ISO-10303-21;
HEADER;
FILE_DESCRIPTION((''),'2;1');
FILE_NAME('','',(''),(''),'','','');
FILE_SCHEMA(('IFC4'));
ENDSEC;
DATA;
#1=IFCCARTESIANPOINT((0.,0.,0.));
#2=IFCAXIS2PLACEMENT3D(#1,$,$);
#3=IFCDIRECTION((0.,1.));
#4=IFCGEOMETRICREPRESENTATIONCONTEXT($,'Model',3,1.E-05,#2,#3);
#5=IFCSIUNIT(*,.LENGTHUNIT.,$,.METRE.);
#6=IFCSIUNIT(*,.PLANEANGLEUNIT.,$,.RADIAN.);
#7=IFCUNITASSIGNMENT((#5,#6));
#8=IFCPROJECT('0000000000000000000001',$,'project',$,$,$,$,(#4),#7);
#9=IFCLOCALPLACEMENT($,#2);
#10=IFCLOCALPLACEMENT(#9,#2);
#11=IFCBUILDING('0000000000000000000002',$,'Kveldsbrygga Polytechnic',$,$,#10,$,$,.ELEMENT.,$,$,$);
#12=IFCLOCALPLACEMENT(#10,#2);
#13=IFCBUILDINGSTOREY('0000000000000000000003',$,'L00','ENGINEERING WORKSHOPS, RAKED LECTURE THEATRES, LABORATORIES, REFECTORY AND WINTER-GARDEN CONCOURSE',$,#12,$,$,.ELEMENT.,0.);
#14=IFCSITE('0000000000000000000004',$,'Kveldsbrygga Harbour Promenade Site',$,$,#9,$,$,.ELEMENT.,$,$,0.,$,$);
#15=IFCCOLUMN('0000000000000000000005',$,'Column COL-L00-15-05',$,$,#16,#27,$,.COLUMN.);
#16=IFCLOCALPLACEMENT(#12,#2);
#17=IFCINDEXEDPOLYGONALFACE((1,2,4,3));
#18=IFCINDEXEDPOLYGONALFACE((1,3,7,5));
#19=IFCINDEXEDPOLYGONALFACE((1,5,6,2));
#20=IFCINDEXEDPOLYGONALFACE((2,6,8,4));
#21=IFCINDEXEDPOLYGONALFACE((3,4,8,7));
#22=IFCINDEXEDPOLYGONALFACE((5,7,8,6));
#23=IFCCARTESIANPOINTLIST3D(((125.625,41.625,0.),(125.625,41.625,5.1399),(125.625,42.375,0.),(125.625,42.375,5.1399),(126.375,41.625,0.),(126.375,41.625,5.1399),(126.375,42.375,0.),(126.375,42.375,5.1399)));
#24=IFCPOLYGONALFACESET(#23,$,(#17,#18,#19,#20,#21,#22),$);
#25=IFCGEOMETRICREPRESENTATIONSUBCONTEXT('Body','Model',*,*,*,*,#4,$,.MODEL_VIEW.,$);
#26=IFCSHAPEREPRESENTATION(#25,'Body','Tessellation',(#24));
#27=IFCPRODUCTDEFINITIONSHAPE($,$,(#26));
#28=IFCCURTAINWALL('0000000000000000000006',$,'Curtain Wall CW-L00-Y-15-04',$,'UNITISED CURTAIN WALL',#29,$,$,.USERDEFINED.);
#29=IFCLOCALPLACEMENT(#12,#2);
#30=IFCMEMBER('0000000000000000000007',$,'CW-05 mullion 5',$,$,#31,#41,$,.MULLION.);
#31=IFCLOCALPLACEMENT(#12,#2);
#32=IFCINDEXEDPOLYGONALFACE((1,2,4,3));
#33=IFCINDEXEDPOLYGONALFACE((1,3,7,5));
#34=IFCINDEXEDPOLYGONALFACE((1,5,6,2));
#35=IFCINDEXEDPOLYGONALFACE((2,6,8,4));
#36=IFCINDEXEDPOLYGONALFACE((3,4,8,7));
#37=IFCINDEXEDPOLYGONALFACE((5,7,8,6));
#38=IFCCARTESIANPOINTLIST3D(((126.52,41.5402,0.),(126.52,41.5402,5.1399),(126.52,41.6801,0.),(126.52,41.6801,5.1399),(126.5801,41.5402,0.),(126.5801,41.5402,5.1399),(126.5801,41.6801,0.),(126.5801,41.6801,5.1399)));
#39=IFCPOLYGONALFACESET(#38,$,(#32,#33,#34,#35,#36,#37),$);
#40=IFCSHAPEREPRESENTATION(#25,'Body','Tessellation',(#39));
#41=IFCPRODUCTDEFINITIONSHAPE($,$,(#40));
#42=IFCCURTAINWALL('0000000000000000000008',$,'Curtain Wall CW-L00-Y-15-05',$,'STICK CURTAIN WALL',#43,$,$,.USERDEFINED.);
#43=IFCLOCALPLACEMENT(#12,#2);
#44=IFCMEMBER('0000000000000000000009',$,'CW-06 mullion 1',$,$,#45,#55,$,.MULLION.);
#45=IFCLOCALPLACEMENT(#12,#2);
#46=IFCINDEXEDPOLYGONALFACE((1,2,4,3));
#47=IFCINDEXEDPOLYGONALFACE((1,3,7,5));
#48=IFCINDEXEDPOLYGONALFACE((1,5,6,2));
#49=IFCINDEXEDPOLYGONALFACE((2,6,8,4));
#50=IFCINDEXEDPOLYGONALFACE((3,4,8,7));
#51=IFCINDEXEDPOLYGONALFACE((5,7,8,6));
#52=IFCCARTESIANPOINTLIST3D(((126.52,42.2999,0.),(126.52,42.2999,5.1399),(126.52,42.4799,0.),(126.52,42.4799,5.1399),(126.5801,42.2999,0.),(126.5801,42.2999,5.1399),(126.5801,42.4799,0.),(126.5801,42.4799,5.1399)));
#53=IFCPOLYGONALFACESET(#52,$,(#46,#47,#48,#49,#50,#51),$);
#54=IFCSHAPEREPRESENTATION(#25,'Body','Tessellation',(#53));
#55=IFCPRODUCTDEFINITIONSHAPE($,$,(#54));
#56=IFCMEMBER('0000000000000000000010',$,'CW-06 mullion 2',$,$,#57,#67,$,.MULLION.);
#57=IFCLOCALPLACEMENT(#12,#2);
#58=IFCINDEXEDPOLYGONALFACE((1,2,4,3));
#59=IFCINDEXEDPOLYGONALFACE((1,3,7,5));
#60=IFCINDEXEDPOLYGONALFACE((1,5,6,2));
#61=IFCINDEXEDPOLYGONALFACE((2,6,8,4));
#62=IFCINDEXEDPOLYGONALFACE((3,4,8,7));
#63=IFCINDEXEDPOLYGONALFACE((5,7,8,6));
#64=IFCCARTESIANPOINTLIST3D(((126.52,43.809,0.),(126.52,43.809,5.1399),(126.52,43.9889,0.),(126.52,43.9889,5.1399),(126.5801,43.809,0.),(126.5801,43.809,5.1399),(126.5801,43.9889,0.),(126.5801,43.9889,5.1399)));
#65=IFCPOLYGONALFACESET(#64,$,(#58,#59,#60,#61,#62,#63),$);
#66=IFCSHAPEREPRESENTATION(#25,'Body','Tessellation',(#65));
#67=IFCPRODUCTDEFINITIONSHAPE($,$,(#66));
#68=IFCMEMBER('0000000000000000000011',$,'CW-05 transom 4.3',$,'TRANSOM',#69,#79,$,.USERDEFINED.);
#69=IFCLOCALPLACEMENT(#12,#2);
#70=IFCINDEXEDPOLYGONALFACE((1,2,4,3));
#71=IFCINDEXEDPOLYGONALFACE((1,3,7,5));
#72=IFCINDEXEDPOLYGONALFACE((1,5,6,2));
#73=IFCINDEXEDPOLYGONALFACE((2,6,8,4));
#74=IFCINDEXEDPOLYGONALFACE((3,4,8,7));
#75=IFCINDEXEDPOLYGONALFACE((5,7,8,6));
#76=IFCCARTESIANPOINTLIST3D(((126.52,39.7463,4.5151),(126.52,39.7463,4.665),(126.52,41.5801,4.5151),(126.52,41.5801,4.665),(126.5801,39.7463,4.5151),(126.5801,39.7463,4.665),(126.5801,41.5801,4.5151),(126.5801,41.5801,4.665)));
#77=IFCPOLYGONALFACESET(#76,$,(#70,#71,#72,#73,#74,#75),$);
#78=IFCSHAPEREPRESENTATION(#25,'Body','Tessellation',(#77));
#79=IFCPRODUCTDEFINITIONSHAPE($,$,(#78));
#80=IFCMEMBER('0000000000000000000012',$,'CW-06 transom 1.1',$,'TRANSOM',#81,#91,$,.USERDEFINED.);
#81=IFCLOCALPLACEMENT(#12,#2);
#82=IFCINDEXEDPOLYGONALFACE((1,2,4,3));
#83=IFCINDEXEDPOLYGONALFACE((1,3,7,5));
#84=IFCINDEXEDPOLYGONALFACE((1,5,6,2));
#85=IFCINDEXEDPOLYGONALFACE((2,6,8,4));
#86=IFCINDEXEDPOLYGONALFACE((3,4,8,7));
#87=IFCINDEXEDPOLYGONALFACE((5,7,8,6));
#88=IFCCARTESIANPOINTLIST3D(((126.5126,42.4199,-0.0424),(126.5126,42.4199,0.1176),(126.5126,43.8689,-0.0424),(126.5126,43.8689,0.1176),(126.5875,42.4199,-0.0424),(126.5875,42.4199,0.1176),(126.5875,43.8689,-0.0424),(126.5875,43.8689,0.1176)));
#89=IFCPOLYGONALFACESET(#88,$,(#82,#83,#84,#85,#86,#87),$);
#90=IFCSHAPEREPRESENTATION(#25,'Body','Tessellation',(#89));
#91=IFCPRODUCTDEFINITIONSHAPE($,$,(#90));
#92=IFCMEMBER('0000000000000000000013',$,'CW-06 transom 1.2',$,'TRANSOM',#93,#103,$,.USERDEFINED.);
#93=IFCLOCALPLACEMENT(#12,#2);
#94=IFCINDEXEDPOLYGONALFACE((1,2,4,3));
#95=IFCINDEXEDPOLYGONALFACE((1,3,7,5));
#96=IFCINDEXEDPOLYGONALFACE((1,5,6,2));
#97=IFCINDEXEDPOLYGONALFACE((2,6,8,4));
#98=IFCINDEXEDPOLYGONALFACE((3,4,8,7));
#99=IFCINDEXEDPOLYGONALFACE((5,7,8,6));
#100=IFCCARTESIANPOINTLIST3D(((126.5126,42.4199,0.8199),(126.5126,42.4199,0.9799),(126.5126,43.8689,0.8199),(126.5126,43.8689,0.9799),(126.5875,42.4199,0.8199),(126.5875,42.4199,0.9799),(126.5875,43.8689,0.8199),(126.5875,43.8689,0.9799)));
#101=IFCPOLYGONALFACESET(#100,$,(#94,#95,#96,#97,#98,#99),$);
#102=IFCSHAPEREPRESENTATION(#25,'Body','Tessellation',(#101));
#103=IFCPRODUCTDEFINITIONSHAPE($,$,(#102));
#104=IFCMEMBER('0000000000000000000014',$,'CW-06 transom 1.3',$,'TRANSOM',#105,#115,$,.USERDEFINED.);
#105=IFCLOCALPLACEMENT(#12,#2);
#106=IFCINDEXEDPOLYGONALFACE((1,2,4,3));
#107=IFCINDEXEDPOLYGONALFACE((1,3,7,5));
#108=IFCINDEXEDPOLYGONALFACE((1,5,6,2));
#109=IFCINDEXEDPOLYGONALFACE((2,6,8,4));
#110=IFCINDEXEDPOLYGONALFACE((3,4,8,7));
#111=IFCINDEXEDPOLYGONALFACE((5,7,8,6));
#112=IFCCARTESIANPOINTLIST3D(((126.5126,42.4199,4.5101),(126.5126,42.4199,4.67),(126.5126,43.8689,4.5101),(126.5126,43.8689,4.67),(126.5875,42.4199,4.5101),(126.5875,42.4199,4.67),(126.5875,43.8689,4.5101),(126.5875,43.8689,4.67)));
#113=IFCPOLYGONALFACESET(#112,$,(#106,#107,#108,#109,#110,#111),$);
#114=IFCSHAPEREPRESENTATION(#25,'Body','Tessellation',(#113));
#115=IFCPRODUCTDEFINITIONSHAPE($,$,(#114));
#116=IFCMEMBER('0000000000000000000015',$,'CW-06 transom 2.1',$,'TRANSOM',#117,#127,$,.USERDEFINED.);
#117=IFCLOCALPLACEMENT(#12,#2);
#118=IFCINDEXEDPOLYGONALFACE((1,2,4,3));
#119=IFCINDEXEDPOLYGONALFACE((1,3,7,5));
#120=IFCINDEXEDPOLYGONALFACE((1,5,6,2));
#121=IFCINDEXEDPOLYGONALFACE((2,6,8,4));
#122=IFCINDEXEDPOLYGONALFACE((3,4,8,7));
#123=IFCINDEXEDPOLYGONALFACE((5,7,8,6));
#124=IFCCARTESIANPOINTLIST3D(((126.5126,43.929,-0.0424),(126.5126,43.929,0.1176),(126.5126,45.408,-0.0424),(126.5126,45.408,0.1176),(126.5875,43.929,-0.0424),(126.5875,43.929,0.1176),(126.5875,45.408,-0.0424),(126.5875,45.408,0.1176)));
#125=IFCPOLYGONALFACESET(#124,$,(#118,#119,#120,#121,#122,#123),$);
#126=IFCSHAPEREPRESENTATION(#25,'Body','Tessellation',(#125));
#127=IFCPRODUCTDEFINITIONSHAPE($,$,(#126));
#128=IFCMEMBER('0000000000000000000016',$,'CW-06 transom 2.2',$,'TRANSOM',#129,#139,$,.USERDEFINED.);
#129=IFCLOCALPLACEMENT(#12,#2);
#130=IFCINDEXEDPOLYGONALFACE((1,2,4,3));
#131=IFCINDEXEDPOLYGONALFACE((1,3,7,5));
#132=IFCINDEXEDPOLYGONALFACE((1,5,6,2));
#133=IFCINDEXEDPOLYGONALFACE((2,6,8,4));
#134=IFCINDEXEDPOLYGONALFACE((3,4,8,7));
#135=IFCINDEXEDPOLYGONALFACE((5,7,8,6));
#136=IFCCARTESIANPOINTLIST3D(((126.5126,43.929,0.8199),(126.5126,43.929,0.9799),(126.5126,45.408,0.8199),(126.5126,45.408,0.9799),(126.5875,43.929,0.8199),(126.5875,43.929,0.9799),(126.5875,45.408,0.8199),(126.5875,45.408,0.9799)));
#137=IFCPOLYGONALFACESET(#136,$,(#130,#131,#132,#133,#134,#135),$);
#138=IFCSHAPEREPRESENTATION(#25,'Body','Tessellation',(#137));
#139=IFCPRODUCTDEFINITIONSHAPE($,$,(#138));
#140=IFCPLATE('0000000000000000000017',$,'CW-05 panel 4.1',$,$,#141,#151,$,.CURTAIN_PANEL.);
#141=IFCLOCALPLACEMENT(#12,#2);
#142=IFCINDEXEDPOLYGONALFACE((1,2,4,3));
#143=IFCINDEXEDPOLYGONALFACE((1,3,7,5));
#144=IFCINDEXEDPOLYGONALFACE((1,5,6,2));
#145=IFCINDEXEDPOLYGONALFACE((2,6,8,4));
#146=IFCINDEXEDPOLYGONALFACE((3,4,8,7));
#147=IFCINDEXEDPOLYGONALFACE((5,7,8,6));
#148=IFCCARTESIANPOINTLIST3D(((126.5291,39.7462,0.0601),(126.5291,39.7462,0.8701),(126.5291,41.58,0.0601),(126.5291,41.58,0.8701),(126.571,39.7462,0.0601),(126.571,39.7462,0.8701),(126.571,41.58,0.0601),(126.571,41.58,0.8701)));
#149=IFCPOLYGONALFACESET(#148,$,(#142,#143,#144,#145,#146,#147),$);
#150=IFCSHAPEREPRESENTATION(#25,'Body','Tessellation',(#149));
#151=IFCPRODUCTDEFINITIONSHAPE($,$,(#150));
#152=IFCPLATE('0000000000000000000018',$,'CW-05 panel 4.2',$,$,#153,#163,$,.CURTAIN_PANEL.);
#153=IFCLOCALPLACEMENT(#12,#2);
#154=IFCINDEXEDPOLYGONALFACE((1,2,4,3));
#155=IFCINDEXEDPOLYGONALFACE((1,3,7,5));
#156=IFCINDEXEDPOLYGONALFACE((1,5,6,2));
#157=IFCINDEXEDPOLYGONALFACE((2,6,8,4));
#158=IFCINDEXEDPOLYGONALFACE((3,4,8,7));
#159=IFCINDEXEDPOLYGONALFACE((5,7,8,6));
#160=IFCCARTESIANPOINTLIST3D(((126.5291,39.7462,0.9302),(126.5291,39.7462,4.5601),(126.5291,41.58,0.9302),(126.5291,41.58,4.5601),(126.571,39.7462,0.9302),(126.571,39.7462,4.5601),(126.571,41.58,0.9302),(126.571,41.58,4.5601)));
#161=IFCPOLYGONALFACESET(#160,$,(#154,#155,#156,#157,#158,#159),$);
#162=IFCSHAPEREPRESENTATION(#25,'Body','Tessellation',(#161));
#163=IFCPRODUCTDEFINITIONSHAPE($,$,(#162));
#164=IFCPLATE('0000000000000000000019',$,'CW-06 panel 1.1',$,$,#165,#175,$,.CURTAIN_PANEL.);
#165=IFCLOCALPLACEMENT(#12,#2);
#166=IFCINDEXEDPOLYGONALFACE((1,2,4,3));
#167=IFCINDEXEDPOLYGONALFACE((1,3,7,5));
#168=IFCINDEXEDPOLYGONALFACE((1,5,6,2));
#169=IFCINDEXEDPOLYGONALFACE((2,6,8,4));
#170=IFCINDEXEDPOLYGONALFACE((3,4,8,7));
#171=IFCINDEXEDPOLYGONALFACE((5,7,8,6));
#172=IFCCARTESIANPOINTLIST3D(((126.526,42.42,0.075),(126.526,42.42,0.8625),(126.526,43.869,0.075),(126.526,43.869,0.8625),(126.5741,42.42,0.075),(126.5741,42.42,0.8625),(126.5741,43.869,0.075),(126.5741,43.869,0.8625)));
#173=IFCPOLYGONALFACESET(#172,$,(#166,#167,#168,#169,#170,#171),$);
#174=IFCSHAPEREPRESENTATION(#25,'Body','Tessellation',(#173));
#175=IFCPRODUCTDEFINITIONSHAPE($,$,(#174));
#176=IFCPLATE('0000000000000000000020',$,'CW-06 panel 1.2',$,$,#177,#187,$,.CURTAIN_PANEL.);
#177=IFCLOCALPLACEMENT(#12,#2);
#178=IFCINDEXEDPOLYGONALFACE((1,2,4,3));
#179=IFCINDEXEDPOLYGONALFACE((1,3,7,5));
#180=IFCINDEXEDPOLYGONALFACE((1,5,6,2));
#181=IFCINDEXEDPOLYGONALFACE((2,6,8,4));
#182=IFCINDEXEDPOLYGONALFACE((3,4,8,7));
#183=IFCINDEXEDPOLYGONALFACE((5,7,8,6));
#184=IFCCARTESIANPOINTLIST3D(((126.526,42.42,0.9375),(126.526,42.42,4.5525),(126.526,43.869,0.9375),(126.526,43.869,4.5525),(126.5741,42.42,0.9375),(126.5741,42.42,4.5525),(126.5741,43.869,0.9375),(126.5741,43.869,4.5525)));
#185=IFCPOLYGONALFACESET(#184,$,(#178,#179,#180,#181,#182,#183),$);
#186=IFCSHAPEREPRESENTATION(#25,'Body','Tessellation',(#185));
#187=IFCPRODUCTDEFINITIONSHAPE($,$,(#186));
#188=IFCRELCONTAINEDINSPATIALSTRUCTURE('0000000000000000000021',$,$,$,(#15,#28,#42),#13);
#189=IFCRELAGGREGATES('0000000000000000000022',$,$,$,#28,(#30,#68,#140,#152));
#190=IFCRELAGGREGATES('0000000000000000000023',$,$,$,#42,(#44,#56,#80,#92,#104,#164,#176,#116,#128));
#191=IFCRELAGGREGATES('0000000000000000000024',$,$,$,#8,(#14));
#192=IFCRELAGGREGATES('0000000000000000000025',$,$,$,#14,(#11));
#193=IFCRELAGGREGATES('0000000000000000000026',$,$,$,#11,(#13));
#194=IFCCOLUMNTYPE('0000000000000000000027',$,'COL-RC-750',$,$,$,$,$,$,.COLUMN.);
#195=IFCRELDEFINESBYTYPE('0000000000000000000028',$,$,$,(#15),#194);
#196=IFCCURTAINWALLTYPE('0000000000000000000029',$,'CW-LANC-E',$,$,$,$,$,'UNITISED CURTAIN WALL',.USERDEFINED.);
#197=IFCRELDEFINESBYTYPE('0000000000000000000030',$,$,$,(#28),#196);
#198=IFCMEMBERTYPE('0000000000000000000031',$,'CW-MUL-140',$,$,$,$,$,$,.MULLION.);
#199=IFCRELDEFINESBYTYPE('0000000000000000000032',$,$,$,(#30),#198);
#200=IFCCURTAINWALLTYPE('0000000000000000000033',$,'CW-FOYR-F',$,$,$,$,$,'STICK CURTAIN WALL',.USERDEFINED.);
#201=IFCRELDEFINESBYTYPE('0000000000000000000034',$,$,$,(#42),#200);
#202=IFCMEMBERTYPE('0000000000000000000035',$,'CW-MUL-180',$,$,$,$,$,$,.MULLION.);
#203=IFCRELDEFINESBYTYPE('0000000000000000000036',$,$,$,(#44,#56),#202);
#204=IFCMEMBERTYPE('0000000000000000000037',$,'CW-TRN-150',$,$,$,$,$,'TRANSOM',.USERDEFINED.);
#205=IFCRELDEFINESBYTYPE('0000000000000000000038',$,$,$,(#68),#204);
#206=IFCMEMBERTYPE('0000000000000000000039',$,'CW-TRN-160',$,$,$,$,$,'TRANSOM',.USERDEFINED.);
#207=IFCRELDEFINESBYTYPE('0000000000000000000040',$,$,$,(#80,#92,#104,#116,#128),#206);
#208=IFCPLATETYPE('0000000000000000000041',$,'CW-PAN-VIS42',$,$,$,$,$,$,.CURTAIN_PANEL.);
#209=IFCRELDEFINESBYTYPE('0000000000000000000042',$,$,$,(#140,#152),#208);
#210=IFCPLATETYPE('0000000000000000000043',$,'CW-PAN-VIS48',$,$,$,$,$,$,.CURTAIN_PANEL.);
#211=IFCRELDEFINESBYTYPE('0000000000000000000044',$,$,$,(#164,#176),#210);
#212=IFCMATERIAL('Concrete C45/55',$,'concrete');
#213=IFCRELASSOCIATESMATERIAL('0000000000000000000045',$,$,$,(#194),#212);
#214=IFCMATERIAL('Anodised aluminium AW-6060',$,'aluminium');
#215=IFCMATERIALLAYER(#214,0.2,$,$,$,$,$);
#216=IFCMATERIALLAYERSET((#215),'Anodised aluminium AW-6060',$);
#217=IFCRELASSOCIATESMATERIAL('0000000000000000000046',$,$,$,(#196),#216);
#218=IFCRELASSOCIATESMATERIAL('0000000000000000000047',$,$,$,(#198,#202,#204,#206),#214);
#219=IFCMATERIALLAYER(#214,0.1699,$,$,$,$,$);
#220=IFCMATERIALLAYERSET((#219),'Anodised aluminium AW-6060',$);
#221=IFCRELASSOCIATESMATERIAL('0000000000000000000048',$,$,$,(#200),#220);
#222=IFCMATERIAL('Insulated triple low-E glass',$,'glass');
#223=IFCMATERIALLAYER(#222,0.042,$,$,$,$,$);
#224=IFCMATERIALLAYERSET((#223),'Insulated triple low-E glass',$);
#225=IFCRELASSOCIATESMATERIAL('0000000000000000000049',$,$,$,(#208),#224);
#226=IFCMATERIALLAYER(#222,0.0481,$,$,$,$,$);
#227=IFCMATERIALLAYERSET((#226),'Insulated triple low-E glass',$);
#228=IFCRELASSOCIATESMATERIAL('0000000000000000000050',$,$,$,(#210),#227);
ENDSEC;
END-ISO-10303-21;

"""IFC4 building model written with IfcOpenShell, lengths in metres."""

from ifc_helpers import new_model, si_unit, direction, frame, origin, origin_2d, place, context, subcontext, project, spatial, rectangle, extrude, material, layer, layer_set, material_profile, profile_set, type_object, element, aggregate, save


model = new_model("IFC4")

# Units and contexts
model_context = context("Model", 3, precision=1e-05, world=origin(), true_north=direction((0.0, 1.0)))
body_context = subcontext(model_context, "Body", "Model", "MODEL_VIEW")
ifc_project = project(units=[si_unit("LENGTHUNIT", "METRE"), si_unit("PLANEANGLEUNIT", "RADIAN")], contexts=[model_context])

# Site, building, storey
site_placement = place(None, origin())
site = spatial("IfcSite", under=ifc_project, at=site_placement, Name="Kveldsbrygga Harbour Promenade Site", CompositionType="ELEMENT", RefElevation=0.0)
building_placement = place(site_placement, origin())
building = spatial("IfcBuilding", under=site, at=building_placement, Name="Kveldsbrygga Polytechnic", CompositionType="ELEMENT")
storey_placement = place(building_placement, origin())
storey = spatial("IfcBuildingStorey", under=building, at=storey_placement, Name="L00", Description="ENGINEERING WORKSHOPS, RAKED LECTURE THEATRES, LABORATORIES, REFECTORY AND WINTER-GARDEN CONCOURSE", CompositionType="ELEMENT", Elevation=0.0)

# Column
ifc_material_1 = material(Name="Concrete C45/55", Category="concrete")
ifc_material_profile_1 = material_profile(ifc_material_1, rectangle(XDim=0.75, YDim=0.75, at=origin_2d()), Name="RC 750x750")
ifc_profile_set_1 = profile_set([ifc_material_profile_1], Name="Concrete C45/55")
column_type = type_object("IfcColumnType", Name="COL-RC-750", PredefinedType="COLUMN", material=ifc_profile_set_1)
column_placement = place(storey_placement, frame((126.0, 42.0, 0.0), z_axis=(0.0, 0.0, 1.0), x_axis=(1.0, 0.0, 0.0)))
element("IfcColumn", 1, at=column_placement, inside=storey, type_object=column_type, Name="Column COL-L00-15-05", PredefinedType="COLUMN", context=body_context, shape_type="SweptSolid", body=[
    extrude(rectangle(XDim=0.75, YDim=0.75, at=origin_2d()), origin(), (0.0, 0.0, 1.0), 5.1399),
])

# Curtain wall, member
ifc_material_2 = material(Name="Anodised aluminium AW-6060", Category="aluminium")
ifc_layer_1 = layer(ifc_material_2, 0.2)
ifc_layer_set_1 = layer_set([ifc_layer_1], Name="Anodised aluminium AW-6060")
curtain_wall_type_1 = type_object("IfcCurtainWallType", Name="CW-LANC-E", ElementType="UNITISED CURTAIN WALL", PredefinedType="USERDEFINED", material=ifc_layer_set_1)
curtain_wall_1_placement = place(storey_placement, origin())
curtain_wall_1 = element("IfcCurtainWall", 2, at=curtain_wall_1_placement, inside=storey, type_object=curtain_wall_type_1, Name="Curtain Wall CW-L00-Y-15-04", ObjectType="UNITISED CURTAIN WALL", PredefinedType="USERDEFINED")
ifc_material_profile_2 = material_profile(ifc_material_2, rectangle(XDim=0.0601, YDim=0.1399, at=origin_2d()), Name="ALU 60x140")
ifc_profile_set_2 = profile_set([ifc_material_profile_2], Name="Anodised aluminium AW-6060")
member_type_1 = type_object("IfcMemberType", Name="CW-MUL-140", PredefinedType="MULLION", material=ifc_profile_set_2)
member_1_placement = place(storey_placement, frame((126.55, 41.6101, 0.0), z_axis=(0.0, 0.0, 1.0), x_axis=(-1.0, 0.0, 0.0)))
member_1 = element("IfcMember", 3, at=member_1_placement, type_object=member_type_1, Name="CW-05 mullion 5", PredefinedType="MULLION", context=body_context, shape_type="SweptSolid", body=[
    extrude(rectangle(XDim=0.0601, YDim=0.1399, at=origin_2d()), origin(), (0.0, 0.0, 1.0), 5.1399),
])

# Curtain wall, members
ifc_layer_2 = layer(ifc_material_2, 0.1699)
ifc_layer_set_2 = layer_set([ifc_layer_2], Name="Anodised aluminium AW-6060")
curtain_wall_type_2 = type_object("IfcCurtainWallType", Name="CW-FOYR-F", ElementType="STICK CURTAIN WALL", PredefinedType="USERDEFINED", material=ifc_layer_set_2)
curtain_wall_2_placement = place(storey_placement, origin())
curtain_wall_2 = element("IfcCurtainWall", 4, at=curtain_wall_2_placement, inside=storey, type_object=curtain_wall_type_2, Name="Curtain Wall CW-L00-Y-15-05", ObjectType="STICK CURTAIN WALL", PredefinedType="USERDEFINED")
ifc_material_profile_3 = material_profile(ifc_material_2, rectangle(XDim=0.0601, YDim=0.1799, at=origin_2d()), Name="ALU 60x180")
ifc_profile_set_3 = profile_set([ifc_material_profile_3], Name="Anodised aluminium AW-6060")
member_type_2 = type_object("IfcMemberType", Name="CW-MUL-180", PredefinedType="MULLION", material=ifc_profile_set_3)
member_2_placement = place(storey_placement, frame((126.55, 42.3899, 0.0), z_axis=(0.0, 0.0, 1.0), x_axis=(-1.0, 0.0, 0.0)))
member_2 = element("IfcMember", 5, at=member_2_placement, type_object=member_type_2, Name="CW-06 mullion 1", PredefinedType="MULLION", context=body_context, shape_type="SweptSolid", body=[
    extrude(rectangle(XDim=0.0601, YDim=0.1799, at=origin_2d()), origin(), (0.0, 0.0, 1.0), 5.1399),
])
member_3_placement = place(storey_placement, frame((126.55, 43.8989, 0.0), z_axis=(0.0, 0.0, 1.0), x_axis=(-1.0, 0.0, 0.0)))
member_3 = element("IfcMember", 6, at=member_3_placement, type_object=member_type_2, Name="CW-06 mullion 2", PredefinedType="MULLION", context=body_context, shape_type="SweptSolid", body=[
    extrude(rectangle(XDim=0.0601, YDim=0.1799, at=origin_2d()), origin(), (0.0, 0.0, 1.0), 5.1399),
])

# Members
ifc_material_profile_4 = material_profile(ifc_material_2, rectangle(XDim=0.0601, YDim=0.1499, at=origin_2d()), Name="ALU 60x150")
ifc_profile_set_4 = profile_set([ifc_material_profile_4], Name="Anodised aluminium AW-6060")
member_type_3 = type_object("IfcMemberType", Name="CW-TRN-150", ElementType="TRANSOM", PredefinedType="USERDEFINED", material=ifc_profile_set_4)
member_4_placement = place(storey_placement, frame((126.55, 39.7463, 4.5901), z_axis=(0.0, 1.0, 0.0), x_axis=(-1.0, 0.0, 0.0)))
member_4 = element("IfcMember", 7, at=member_4_placement, type_object=member_type_3, Name="CW-05 transom 4.3", ObjectType="TRANSOM", PredefinedType="USERDEFINED", context=body_context, shape_type="SweptSolid", body=[
    extrude(rectangle(XDim=0.0601, YDim=0.1499, at=origin_2d()), origin(), (0.0, 0.0, 1.0), 1.8337),
])
ifc_material_profile_5 = material_profile(ifc_material_2, rectangle(XDim=0.075, YDim=0.1599, at=origin_2d()), Name="ALU 75x160")
ifc_profile_set_5 = profile_set([ifc_material_profile_5], Name="Anodised aluminium AW-6060")
member_type_4 = type_object("IfcMemberType", Name="CW-TRN-160", ElementType="TRANSOM", PredefinedType="USERDEFINED", material=ifc_profile_set_5)
member_5_placement = place(storey_placement, frame((126.55, 42.4199, 0.0376), z_axis=(0.0, 1.0, 0.0), x_axis=(-1.0, 0.0, 0.0)))
member_5 = element("IfcMember", 8, at=member_5_placement, type_object=member_type_4, Name="CW-06 transom 1.1", ObjectType="TRANSOM", PredefinedType="USERDEFINED", context=body_context, shape_type="SweptSolid", body=[
    extrude(rectangle(XDim=0.075, YDim=0.1599, at=origin_2d()), origin(), (0.0, 0.0, 1.0), 1.449),
])
member_6_placement = place(storey_placement, frame((126.55, 42.4199, 0.8999), z_axis=(0.0, 1.0, 0.0), x_axis=(-1.0, 0.0, 0.0)))
member_6 = element("IfcMember", 9, at=member_6_placement, type_object=member_type_4, Name="CW-06 transom 1.2", ObjectType="TRANSOM", PredefinedType="USERDEFINED", context=body_context, shape_type="SweptSolid", body=[
    extrude(rectangle(XDim=0.075, YDim=0.1599, at=origin_2d()), origin(), (0.0, 0.0, 1.0), 1.449),
])
member_7_placement = place(storey_placement, frame((126.55, 42.4199, 4.5901), z_axis=(0.0, 1.0, 0.0), x_axis=(-1.0, 0.0, 0.0)))
member_7 = element("IfcMember", 10, at=member_7_placement, type_object=member_type_4, Name="CW-06 transom 1.3", ObjectType="TRANSOM", PredefinedType="USERDEFINED", context=body_context, shape_type="SweptSolid", body=[
    extrude(rectangle(XDim=0.075, YDim=0.1599, at=origin_2d()), origin(), (0.0, 0.0, 1.0), 1.449),
])
member_8_placement = place(storey_placement, frame((126.55, 43.929, 0.0376), z_axis=(0.0, 1.0, 0.0), x_axis=(-1.0, 0.0, 0.0)))
member_8 = element("IfcMember", 11, at=member_8_placement, type_object=member_type_4, Name="CW-06 transom 2.1", ObjectType="TRANSOM", PredefinedType="USERDEFINED", context=body_context, shape_type="SweptSolid", body=[
    extrude(rectangle(XDim=0.075, YDim=0.1599, at=origin_2d()), origin(), (0.0, 0.0, 1.0), 1.479),
])
member_9_placement = place(storey_placement, frame((126.55, 43.929, 0.8999), z_axis=(0.0, 1.0, 0.0), x_axis=(-1.0, 0.0, 0.0)))
member_9 = element("IfcMember", 12, at=member_9_placement, type_object=member_type_4, Name="CW-06 transom 2.2", ObjectType="TRANSOM", PredefinedType="USERDEFINED", context=body_context, shape_type="SweptSolid", body=[
    extrude(rectangle(XDim=0.075, YDim=0.1599, at=origin_2d()), origin(), (0.0, 0.0, 1.0), 1.479),
])

# Plates
ifc_material_3 = material(Name="Insulated triple low-E glass", Category="glass")
ifc_layer_3 = layer(ifc_material_3, 0.042)
ifc_layer_set_3 = layer_set([ifc_layer_3], Name="Insulated triple low-E glass")
plate_type_1 = type_object("IfcPlateType", Name="CW-PAN-VIS42", PredefinedType="CURTAIN_PANEL", material=ifc_layer_set_3)
plate_1_placement = place(storey_placement, frame((126.55, 40.6631, 0.0601), z_axis=(0.0, 0.0, 1.0), x_axis=(0.0, 1.0, 0.0)))
plate_1 = element("IfcPlate", 13, at=plate_1_placement, type_object=plate_type_1, Name="CW-05 panel 4.1", PredefinedType="CURTAIN_PANEL", context=body_context, shape_type="SweptSolid", body=[
    extrude(rectangle(XDim=1.8337, YDim=0.042, at=origin_2d()), origin(), (0.0, 0.0, 1.0), 0.8101),
])
plate_2_placement = place(storey_placement, frame((126.55, 40.6631, 0.9302), z_axis=(0.0, 0.0, 1.0), x_axis=(0.0, 1.0, 0.0)))
plate_2 = element("IfcPlate", 14, at=plate_2_placement, type_object=plate_type_1, Name="CW-05 panel 4.2", PredefinedType="CURTAIN_PANEL", context=body_context, shape_type="SweptSolid", body=[
    extrude(rectangle(XDim=1.8337, YDim=0.042, at=origin_2d()), origin(), (0.0, 0.0, 1.0), 3.6299),
])
aggregate(curtain_wall_1, [member_1, member_4, plate_1, plate_2])
ifc_layer_4 = layer(ifc_material_3, 0.0481)
ifc_layer_set_4 = layer_set([ifc_layer_4], Name="Insulated triple low-E glass")
plate_type_2 = type_object("IfcPlateType", Name="CW-PAN-VIS48", PredefinedType="CURTAIN_PANEL", material=ifc_layer_set_4)
plate_3_placement = place(storey_placement, frame((126.55, 43.1445, 0.075), z_axis=(0.0, 0.0, 1.0), x_axis=(0.0, 1.0, 0.0)))
plate_3 = element("IfcPlate", 15, at=plate_3_placement, type_object=plate_type_2, Name="CW-06 panel 1.1", PredefinedType="CURTAIN_PANEL", context=body_context, shape_type="SweptSolid", body=[
    extrude(rectangle(XDim=1.449, YDim=0.0481, at=origin_2d()), origin(), (0.0, 0.0, 1.0), 0.7876),
])
plate_4_placement = place(storey_placement, frame((126.55, 43.1445, 0.9375), z_axis=(0.0, 0.0, 1.0), x_axis=(0.0, 1.0, 0.0)))
plate_4 = element("IfcPlate", 16, at=plate_4_placement, type_object=plate_type_2, Name="CW-06 panel 1.2", PredefinedType="CURTAIN_PANEL", context=body_context, shape_type="SweptSolid", body=[
    extrude(rectangle(XDim=1.449, YDim=0.0481, at=origin_2d()), origin(), (0.0, 0.0, 1.0), 3.615),
])
aggregate(curtain_wall_2, [member_2, member_3, member_5, member_6, member_7, plate_3, plate_4, member_8, member_9])

save(model, "model.ifc")
